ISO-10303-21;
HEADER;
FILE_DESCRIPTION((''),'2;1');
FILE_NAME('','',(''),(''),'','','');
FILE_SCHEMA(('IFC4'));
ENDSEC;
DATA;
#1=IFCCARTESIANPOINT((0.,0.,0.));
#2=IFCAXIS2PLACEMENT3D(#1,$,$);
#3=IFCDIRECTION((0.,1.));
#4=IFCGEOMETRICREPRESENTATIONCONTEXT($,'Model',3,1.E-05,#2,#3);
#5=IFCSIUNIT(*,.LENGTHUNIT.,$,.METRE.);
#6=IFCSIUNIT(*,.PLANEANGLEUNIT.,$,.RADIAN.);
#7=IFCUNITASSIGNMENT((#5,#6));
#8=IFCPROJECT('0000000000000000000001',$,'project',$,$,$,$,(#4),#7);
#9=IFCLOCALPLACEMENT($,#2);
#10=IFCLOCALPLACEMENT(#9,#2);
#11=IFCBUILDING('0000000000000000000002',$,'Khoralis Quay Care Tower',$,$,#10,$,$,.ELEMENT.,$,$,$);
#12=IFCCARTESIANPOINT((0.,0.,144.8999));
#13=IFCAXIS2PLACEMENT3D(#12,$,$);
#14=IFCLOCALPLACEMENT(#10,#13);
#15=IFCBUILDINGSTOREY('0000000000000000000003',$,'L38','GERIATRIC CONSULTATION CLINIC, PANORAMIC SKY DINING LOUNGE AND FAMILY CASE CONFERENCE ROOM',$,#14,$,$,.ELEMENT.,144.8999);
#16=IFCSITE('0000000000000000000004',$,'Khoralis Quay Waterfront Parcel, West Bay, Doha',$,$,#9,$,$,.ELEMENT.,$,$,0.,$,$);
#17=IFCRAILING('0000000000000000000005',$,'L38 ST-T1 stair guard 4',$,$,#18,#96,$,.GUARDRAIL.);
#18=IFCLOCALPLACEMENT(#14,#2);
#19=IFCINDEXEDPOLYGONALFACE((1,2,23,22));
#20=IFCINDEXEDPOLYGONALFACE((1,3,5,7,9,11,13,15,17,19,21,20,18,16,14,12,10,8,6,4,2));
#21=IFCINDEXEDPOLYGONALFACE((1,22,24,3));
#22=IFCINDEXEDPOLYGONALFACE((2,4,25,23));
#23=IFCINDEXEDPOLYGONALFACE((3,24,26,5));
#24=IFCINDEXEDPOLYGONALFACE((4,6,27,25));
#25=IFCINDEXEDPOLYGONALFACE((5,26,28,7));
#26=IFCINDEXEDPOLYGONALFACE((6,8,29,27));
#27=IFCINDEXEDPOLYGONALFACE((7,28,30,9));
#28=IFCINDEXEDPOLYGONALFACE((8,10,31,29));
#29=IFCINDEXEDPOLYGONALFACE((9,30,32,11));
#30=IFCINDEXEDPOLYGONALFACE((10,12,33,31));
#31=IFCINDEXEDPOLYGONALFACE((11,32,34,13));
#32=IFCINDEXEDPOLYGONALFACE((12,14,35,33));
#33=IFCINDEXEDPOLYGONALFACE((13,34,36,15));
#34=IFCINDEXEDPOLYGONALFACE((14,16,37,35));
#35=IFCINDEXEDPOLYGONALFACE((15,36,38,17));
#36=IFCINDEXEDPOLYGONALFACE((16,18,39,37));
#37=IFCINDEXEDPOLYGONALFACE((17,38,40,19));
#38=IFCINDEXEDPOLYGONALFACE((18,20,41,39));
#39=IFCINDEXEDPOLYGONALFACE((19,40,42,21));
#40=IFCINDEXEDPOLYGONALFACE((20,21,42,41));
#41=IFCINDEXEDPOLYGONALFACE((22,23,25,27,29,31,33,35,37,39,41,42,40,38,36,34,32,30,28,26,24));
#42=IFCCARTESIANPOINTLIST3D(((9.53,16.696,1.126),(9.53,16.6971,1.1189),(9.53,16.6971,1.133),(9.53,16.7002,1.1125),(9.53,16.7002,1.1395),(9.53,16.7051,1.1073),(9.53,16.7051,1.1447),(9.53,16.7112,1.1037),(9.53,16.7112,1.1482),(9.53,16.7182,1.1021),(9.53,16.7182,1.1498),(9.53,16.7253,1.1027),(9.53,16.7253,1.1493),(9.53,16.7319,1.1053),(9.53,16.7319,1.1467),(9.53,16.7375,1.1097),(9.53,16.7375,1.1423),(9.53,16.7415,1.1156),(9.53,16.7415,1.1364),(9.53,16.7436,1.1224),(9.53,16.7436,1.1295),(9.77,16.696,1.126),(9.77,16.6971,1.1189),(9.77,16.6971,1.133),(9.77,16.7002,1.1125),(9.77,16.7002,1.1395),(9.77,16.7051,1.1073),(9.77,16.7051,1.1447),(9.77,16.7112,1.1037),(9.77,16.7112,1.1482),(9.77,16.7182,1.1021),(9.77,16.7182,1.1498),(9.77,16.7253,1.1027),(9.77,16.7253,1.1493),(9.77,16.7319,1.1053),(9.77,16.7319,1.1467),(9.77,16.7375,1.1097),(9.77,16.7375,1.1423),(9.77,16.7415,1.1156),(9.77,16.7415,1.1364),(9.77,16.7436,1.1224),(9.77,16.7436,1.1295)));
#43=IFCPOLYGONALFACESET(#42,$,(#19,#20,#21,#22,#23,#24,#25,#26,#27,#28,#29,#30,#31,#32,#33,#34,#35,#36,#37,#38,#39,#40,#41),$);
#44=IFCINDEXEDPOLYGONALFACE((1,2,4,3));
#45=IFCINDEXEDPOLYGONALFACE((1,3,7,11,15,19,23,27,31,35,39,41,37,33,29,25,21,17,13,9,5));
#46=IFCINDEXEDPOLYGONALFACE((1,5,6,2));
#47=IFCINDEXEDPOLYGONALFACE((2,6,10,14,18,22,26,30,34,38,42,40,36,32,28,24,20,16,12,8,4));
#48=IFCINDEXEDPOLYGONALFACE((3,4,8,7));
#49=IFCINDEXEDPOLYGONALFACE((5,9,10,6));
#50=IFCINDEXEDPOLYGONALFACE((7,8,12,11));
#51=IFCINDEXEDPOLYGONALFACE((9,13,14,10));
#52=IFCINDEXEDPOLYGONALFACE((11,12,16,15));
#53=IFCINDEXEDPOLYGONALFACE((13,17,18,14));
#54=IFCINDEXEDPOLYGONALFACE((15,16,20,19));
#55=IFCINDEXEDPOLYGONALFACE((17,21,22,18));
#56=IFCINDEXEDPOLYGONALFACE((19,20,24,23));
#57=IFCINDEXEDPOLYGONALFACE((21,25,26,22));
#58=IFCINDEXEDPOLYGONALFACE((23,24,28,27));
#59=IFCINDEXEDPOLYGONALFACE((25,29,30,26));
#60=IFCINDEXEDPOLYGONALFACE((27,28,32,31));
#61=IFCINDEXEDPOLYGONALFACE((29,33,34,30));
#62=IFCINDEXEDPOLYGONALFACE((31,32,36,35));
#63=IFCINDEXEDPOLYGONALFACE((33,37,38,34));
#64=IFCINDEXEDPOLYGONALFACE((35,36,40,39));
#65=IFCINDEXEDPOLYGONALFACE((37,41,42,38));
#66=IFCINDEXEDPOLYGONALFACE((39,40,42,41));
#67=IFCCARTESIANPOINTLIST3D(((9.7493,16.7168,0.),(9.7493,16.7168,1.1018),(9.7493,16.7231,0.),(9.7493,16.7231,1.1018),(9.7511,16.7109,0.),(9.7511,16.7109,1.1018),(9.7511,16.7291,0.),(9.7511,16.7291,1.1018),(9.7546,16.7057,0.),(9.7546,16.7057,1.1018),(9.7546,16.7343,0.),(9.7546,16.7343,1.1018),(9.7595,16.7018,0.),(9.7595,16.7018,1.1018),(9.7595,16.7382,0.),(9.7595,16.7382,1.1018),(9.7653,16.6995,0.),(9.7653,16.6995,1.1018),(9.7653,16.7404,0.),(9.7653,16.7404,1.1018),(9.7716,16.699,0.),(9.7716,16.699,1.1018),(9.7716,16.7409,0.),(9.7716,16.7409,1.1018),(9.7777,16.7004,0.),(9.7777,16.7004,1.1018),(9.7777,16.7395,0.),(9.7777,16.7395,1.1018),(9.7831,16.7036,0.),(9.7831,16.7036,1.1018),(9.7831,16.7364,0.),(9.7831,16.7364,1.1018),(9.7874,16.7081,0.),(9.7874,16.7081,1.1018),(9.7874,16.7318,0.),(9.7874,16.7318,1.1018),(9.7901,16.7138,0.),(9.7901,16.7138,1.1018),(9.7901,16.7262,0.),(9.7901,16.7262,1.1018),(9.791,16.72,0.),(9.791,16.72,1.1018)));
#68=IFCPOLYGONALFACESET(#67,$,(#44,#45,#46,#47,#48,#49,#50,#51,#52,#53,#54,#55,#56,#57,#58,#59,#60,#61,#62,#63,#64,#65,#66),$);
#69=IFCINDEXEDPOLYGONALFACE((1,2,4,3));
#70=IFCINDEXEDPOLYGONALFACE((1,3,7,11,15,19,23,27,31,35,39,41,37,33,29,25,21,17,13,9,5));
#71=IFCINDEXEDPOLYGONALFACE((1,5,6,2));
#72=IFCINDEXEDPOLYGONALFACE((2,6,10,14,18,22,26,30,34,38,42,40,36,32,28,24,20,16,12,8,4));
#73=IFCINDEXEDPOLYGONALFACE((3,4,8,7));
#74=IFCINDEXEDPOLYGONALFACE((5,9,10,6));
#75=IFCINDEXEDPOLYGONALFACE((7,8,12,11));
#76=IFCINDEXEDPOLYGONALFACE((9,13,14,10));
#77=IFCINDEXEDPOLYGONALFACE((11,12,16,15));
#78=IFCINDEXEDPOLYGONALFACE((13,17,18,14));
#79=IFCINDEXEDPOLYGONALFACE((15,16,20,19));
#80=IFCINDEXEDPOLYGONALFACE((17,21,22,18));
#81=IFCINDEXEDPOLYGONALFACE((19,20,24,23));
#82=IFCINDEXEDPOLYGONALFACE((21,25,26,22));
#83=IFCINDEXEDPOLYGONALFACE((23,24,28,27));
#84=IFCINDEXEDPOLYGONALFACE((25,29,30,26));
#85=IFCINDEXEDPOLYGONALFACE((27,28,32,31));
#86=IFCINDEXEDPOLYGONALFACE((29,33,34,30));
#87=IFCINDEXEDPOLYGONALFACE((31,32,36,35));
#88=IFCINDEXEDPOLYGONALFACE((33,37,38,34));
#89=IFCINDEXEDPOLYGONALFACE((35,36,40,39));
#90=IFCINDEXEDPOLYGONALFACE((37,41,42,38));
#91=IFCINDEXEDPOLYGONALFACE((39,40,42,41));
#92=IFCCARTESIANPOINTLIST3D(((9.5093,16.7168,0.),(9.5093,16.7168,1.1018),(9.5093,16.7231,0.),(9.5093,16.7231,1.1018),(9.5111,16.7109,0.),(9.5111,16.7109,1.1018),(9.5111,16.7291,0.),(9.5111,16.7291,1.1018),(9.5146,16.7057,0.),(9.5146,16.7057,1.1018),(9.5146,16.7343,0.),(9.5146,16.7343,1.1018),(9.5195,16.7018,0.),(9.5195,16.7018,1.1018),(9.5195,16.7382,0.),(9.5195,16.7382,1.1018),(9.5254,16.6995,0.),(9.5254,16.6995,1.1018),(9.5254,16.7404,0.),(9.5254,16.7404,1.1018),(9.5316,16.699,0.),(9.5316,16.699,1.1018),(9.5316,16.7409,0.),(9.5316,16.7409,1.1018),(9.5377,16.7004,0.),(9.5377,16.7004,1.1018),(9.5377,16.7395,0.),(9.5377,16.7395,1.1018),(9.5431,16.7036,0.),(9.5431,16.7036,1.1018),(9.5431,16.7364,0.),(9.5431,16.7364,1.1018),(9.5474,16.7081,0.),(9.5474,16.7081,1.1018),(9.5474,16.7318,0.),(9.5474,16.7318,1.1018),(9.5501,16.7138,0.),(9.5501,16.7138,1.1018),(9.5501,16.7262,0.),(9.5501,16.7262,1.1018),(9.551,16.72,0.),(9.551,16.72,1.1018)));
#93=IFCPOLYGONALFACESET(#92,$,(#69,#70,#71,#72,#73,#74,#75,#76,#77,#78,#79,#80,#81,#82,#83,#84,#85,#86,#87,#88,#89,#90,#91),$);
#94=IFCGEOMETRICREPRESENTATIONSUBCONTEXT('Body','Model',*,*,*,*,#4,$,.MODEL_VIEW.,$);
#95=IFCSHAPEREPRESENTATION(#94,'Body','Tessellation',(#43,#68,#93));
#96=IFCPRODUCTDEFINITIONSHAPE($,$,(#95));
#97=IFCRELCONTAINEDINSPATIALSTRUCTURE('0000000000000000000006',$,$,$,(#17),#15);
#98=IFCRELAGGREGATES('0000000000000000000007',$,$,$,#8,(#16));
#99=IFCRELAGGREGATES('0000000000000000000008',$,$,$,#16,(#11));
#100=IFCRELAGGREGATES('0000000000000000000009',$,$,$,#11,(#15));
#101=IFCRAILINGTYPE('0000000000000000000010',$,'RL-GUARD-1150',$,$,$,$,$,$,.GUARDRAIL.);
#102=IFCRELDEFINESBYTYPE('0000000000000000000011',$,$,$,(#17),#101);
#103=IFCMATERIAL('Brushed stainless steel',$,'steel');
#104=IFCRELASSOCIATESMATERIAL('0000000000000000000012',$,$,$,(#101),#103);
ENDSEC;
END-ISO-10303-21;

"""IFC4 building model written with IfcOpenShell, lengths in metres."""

from ifc_helpers import new_model, si_unit, direction, frame, origin, origin_2d, place, context, subcontext, project, spatial, circle, extrude, material, type_object, element, save


model = new_model("IFC4")

# Units and contexts
model_context = context("Model", 3, precision=1e-05, world=origin(), true_north=direction((0.0, 1.0)))
body_context = subcontext(model_context, "Body", "Model", "MODEL_VIEW")
ifc_project = project(units=[si_unit("LENGTHUNIT", "METRE"), si_unit("PLANEANGLEUNIT", "RADIAN")], contexts=[model_context])

# Site, building, storey
site_placement = place(None, origin())
site = spatial("IfcSite", under=ifc_project, at=site_placement, Name="Khoralis Quay Waterfront Parcel, West Bay, Doha", CompositionType="ELEMENT", RefElevation=0.0)
building_placement = place(site_placement, origin())
building = spatial("IfcBuilding", under=site, at=building_placement, Name="Khoralis Quay Care Tower", CompositionType="ELEMENT")
storey_placement = place(building_placement, frame((0.0, 0.0, 144.8999)))
storey = spatial("IfcBuildingStorey", under=building, at=storey_placement, Name="L38", Description="GERIATRIC CONSULTATION CLINIC, PANORAMIC SKY DINING LOUNGE AND FAMILY CASE CONFERENCE ROOM", CompositionType="ELEMENT", Elevation=144.8999)

# Shared definitions
ifc_material_1 = material(Name="Brushed stainless steel", Category="steel")

# Railing
railing_type_1 = type_object("IfcRailingType", Name="RL-GUARD-1150", PredefinedType="GUARDRAIL", material=ifc_material_1)
railing_1_placement = place(storey_placement, frame((9.77, 16.72, 0.0)))
element("IfcRailing", 1, at=railing_1_placement, inside=storey, type_object=railing_type_1, Name="L38 ST-T1 stair guard 4", PredefinedType="GUARDRAIL", context=body_context, shape_type="SweptSolid", body=[
    extrude(circle(Radius=0.0239, at=origin_2d()), frame((0.0, 0.0, 1.126), z_axis=(-1.0, 0.0, 0.0), x_axis=(0.0, -1.0, 0.0)), (0.0, 0.0, 1.0), 0.24),
    extrude(circle(Radius=0.021, at=origin_2d()), origin(), (0.0, 0.0, 1.0), 1.1018),
    extrude(circle(Radius=0.021, at=origin_2d()), frame((-0.24, 0.0, 0.0)), (0.0, 0.0, 1.0), 1.1018),
])

save(model, "model.ifc")
